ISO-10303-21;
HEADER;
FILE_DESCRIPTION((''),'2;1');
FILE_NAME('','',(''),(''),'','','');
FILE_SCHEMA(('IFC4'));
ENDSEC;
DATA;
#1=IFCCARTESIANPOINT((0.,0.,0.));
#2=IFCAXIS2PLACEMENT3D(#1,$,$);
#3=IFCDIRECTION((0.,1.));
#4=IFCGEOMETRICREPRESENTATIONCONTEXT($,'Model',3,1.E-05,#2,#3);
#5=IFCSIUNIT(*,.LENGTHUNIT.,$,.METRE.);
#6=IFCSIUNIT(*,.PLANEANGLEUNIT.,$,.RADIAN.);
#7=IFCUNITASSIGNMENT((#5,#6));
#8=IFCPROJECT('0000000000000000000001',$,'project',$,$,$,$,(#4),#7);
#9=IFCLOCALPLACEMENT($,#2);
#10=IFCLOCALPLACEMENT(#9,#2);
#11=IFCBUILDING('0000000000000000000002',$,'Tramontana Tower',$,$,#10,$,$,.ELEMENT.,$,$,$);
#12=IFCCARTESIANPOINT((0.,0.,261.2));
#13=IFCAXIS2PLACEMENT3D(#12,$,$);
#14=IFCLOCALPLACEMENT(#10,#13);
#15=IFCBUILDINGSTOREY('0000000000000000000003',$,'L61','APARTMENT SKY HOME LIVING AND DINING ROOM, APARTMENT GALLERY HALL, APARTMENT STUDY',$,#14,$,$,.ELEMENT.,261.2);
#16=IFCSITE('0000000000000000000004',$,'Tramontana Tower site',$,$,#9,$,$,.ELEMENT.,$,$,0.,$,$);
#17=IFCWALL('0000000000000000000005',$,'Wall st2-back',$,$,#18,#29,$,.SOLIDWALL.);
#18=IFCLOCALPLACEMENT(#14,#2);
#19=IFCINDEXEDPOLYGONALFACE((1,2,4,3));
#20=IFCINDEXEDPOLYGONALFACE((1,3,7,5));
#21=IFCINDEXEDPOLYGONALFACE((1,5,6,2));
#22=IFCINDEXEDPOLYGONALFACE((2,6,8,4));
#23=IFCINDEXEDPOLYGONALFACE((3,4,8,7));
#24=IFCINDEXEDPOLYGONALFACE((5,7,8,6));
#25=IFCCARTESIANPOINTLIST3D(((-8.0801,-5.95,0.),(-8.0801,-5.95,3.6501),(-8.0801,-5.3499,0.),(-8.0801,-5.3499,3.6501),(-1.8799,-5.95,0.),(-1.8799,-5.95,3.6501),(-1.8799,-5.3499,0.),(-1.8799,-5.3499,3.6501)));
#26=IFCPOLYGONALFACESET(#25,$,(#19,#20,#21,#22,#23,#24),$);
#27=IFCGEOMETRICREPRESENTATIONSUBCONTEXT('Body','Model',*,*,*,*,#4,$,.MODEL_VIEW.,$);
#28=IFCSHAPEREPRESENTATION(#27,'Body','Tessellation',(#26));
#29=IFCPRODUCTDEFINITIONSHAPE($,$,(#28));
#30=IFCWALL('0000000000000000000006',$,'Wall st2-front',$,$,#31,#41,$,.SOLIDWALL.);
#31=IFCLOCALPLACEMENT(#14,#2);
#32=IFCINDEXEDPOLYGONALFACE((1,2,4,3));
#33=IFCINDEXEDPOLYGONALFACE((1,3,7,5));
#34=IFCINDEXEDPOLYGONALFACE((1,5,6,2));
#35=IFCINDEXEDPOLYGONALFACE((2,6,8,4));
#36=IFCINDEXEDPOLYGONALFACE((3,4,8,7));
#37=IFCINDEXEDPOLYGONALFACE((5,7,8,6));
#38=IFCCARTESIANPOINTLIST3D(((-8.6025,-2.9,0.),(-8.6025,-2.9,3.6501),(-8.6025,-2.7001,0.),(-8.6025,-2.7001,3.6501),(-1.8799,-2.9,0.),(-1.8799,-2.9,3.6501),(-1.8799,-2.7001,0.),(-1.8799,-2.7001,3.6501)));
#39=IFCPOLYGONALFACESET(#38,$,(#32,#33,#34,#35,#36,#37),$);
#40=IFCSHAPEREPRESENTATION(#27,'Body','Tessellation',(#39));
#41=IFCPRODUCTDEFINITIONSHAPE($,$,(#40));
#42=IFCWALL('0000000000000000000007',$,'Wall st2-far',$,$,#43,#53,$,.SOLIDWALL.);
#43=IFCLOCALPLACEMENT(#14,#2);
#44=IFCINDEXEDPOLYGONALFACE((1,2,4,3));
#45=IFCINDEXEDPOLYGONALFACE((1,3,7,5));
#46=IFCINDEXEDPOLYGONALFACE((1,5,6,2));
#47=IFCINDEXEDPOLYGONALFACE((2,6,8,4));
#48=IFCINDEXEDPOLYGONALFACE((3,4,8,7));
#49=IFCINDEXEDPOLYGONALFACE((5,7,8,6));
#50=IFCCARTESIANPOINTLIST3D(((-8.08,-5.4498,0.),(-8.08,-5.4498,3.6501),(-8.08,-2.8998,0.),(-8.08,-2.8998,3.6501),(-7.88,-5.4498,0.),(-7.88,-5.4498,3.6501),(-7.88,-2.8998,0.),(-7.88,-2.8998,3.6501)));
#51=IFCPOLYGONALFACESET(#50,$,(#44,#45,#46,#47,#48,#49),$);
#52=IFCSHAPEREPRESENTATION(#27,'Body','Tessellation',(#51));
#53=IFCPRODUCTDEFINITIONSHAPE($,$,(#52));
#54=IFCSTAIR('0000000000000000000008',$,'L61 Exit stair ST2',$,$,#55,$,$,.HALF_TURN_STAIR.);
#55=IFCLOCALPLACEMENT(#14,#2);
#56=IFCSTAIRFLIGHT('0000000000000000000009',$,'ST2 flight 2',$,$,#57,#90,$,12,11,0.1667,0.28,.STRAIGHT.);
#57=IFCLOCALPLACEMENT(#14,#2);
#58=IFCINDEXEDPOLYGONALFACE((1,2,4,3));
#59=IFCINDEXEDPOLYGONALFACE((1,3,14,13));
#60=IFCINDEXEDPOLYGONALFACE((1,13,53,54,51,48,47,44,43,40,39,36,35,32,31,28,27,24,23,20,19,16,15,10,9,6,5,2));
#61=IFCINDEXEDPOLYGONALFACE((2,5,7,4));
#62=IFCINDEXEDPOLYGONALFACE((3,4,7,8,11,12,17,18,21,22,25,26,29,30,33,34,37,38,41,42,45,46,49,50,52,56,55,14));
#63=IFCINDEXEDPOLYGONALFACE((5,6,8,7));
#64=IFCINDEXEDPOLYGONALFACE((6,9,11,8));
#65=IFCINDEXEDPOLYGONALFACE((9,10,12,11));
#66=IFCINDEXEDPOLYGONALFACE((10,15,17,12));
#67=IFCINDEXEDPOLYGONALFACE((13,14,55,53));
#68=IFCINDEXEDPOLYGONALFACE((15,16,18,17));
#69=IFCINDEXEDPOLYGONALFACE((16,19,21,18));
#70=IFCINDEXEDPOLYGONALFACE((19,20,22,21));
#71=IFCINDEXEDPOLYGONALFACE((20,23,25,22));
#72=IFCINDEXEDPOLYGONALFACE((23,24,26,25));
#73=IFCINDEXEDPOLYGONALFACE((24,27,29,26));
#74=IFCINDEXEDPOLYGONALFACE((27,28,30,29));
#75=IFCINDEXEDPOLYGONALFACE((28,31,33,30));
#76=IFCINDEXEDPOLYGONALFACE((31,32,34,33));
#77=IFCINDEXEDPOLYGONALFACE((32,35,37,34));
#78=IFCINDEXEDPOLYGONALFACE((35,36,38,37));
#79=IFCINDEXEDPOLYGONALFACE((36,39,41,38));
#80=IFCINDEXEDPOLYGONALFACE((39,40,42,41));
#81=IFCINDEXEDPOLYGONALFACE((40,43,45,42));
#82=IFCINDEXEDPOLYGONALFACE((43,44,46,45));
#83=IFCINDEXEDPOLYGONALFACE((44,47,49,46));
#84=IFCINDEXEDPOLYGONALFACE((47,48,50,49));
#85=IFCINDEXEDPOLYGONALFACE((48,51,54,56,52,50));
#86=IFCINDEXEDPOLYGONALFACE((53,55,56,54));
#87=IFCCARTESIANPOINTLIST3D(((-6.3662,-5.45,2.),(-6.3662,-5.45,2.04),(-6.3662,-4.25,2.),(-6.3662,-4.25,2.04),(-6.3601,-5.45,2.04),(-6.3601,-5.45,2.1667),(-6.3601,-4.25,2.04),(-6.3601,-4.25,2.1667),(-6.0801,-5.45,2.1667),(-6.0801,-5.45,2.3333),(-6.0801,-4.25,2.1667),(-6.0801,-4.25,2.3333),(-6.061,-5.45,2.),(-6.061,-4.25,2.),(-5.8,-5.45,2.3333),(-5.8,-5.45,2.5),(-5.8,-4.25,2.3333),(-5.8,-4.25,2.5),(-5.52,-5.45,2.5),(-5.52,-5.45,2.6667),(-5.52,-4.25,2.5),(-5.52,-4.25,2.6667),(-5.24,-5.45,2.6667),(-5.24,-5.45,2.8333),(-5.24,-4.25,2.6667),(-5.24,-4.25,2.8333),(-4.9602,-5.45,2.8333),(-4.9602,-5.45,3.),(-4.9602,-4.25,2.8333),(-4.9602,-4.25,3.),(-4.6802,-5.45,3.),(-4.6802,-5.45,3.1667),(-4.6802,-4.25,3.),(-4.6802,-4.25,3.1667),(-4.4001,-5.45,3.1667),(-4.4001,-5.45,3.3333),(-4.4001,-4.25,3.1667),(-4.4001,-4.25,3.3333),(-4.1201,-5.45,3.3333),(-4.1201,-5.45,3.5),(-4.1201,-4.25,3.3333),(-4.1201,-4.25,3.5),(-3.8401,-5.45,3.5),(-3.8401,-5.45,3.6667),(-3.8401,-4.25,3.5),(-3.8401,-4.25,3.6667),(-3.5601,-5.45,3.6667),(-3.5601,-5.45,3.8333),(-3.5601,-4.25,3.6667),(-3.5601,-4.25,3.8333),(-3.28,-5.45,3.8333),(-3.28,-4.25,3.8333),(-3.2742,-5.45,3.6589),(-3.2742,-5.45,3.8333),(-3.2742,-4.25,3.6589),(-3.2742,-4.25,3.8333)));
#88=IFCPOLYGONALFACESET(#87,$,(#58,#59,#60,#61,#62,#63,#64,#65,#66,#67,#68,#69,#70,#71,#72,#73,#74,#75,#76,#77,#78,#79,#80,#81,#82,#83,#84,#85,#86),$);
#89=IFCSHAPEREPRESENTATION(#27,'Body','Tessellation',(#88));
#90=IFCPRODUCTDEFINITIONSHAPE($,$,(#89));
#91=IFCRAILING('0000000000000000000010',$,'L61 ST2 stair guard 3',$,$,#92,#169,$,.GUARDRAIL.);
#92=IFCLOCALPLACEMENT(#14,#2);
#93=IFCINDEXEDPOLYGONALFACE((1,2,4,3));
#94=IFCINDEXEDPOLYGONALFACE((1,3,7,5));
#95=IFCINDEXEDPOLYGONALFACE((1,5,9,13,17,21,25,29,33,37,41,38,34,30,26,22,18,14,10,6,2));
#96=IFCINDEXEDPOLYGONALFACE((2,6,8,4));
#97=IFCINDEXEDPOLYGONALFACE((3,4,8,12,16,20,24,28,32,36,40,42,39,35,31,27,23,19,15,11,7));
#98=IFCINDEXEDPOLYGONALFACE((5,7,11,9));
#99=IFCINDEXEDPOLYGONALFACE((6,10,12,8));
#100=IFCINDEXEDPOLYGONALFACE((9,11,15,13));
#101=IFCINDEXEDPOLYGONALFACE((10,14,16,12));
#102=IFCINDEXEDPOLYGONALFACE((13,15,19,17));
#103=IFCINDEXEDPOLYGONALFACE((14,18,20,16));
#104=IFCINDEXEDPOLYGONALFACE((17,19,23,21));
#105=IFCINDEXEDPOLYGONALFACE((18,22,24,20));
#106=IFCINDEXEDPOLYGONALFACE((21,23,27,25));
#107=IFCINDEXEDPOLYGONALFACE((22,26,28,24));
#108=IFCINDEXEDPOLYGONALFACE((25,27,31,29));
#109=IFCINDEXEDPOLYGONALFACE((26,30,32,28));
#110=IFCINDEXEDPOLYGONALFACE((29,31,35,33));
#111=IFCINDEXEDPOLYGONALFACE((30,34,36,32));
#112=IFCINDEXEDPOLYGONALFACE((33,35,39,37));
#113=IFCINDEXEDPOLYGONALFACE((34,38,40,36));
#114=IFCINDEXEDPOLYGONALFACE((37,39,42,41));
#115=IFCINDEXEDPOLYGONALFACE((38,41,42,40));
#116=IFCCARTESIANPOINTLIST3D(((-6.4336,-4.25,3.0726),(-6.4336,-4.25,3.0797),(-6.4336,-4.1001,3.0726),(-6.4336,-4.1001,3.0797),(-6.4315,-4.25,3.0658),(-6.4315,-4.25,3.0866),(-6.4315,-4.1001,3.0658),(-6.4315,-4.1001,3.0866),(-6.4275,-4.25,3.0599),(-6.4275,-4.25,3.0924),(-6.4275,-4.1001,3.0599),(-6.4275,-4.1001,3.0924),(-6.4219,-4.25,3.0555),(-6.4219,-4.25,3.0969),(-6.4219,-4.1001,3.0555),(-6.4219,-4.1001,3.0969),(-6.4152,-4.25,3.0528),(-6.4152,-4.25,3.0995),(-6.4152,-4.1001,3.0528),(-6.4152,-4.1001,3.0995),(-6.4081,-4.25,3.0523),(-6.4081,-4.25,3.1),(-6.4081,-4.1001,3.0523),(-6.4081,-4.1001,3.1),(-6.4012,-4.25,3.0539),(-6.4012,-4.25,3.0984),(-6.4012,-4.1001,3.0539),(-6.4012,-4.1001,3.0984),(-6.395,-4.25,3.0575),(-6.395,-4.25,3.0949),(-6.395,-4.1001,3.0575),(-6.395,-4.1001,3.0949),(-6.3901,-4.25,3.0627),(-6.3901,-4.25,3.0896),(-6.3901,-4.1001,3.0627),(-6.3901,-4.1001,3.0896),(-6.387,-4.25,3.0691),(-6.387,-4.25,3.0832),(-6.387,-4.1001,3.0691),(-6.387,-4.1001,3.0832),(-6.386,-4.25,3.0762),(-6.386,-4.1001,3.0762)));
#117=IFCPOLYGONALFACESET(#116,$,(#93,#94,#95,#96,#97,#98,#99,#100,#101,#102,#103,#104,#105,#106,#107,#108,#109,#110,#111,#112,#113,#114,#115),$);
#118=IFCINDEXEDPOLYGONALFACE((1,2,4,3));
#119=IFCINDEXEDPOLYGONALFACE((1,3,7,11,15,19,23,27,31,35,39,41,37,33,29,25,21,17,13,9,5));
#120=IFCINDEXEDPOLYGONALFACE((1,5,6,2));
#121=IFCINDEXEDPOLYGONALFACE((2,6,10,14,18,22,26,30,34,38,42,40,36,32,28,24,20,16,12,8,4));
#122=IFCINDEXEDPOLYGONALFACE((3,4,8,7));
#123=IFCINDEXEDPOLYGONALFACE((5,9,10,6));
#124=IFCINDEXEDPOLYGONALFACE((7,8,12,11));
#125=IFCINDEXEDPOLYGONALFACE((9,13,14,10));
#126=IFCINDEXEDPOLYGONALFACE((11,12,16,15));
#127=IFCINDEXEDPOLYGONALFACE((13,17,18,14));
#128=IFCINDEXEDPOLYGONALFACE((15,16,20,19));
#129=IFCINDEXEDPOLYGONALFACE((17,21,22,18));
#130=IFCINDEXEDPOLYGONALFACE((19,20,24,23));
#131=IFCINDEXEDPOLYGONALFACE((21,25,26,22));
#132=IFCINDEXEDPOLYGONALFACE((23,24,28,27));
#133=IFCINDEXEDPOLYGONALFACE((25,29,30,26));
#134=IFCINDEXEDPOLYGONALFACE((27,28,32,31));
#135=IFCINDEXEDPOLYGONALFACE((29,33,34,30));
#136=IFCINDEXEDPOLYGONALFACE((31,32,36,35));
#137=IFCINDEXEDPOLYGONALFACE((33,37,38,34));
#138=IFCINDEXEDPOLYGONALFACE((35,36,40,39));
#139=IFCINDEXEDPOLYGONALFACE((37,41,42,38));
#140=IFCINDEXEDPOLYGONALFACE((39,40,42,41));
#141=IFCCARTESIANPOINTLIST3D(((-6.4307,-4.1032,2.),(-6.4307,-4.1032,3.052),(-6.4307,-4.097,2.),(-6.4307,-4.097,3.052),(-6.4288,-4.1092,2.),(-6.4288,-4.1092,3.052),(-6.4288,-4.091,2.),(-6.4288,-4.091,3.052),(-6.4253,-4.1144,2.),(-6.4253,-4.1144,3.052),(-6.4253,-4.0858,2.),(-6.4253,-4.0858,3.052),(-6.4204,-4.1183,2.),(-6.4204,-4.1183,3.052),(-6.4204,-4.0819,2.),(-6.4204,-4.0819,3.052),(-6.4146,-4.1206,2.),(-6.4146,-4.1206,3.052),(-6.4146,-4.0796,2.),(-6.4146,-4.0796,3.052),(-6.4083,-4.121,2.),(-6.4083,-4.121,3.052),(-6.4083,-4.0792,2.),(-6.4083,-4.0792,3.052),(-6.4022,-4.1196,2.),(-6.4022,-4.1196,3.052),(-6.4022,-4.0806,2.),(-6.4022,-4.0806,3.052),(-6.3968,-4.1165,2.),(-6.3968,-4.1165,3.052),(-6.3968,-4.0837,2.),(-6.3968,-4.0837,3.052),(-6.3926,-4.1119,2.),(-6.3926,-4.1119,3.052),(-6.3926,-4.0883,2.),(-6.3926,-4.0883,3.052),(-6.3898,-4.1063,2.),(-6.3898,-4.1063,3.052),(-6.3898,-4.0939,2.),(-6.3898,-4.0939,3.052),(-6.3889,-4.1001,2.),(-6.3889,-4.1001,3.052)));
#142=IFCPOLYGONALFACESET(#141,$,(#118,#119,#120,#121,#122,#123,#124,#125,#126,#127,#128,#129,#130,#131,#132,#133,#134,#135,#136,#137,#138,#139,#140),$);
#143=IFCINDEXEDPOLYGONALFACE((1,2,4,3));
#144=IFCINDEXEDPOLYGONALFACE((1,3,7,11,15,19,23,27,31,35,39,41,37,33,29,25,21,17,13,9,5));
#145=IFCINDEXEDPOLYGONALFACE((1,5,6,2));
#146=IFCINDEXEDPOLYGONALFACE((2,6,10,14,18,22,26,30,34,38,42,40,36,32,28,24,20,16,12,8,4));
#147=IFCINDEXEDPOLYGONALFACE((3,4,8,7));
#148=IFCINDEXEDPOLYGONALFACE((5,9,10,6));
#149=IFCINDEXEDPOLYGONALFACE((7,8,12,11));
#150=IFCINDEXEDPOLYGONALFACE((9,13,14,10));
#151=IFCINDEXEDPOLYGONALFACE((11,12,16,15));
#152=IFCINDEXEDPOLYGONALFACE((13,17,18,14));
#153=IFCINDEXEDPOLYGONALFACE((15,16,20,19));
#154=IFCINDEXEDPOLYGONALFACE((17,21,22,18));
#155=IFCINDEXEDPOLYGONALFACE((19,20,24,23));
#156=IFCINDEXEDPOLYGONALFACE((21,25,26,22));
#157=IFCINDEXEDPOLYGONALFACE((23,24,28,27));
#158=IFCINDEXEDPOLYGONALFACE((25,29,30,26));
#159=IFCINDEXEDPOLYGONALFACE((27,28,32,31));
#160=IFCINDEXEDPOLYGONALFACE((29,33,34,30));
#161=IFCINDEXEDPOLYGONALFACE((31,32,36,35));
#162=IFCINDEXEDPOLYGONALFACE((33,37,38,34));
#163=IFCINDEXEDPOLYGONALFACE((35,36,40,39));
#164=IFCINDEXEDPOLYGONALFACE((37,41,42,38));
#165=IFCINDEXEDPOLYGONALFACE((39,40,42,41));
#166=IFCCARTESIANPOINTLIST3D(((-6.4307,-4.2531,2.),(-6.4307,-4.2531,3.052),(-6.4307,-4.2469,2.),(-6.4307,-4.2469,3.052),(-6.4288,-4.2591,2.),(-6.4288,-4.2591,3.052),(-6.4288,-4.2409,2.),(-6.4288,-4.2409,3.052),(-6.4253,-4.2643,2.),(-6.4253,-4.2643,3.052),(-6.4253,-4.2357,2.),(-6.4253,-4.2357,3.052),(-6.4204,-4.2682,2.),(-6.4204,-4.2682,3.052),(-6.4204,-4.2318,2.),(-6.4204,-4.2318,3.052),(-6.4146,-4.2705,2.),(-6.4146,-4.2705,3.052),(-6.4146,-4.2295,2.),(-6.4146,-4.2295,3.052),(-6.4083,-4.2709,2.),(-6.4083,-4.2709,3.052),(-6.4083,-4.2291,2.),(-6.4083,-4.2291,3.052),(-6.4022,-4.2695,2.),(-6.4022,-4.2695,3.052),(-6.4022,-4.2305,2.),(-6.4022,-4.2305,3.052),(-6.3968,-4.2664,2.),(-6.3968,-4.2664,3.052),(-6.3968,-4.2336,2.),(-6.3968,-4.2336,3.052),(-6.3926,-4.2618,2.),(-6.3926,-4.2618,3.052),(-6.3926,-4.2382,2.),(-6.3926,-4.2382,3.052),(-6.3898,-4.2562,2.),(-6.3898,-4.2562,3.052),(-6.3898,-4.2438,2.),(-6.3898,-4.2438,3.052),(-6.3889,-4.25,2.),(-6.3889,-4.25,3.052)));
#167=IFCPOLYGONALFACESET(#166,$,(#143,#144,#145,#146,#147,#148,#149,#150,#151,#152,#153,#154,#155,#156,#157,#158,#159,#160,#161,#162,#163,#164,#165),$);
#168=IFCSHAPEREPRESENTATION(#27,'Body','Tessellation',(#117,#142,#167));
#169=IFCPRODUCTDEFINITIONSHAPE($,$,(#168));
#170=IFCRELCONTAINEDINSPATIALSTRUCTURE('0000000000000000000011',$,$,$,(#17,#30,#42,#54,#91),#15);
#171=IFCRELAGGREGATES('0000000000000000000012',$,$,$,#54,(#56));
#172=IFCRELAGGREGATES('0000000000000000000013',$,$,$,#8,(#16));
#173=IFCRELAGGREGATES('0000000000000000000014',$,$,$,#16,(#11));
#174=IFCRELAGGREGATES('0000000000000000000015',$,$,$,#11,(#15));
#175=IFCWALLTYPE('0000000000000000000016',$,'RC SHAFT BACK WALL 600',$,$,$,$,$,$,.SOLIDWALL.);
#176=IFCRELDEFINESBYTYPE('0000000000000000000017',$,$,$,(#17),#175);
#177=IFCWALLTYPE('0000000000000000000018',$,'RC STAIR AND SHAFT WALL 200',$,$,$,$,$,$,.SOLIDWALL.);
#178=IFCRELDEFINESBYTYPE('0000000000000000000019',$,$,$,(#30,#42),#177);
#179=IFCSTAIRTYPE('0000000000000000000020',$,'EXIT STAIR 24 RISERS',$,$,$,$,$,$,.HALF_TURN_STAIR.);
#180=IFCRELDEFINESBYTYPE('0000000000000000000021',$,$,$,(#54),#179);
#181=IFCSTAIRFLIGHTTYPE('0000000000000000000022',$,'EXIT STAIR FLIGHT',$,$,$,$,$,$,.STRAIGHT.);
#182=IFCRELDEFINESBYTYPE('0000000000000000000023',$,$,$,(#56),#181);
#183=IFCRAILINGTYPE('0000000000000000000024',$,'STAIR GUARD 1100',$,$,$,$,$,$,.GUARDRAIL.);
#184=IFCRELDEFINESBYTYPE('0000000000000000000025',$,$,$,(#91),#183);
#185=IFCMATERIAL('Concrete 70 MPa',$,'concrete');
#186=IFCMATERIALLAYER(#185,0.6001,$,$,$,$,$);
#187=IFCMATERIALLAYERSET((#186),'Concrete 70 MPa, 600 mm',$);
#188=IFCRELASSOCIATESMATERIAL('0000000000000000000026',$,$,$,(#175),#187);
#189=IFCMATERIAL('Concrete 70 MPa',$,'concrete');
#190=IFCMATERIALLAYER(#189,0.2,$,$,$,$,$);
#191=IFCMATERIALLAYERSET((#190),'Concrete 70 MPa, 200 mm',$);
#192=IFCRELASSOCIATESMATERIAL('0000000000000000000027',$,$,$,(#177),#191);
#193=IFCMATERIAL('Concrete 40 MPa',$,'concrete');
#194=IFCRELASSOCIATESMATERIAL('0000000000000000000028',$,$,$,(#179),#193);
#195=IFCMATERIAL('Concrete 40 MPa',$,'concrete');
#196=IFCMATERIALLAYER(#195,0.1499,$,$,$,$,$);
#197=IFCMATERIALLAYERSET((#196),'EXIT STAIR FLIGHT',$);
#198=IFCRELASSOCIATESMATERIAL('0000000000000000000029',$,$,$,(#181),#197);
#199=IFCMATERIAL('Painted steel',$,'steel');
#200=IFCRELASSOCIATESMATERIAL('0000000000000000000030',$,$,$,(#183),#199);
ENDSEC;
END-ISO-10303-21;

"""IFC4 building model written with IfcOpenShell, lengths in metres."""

from ifc_helpers import new_model, si_unit, direction, frame, frame_2d, origin, origin_2d, place, context, subcontext, project, spatial, polyline, rectangle, circle, outline, extrude, material, layer, layer_set, type_object, element, aggregate, save


model = new_model("IFC4")

# Units and contexts
model_context = context("Model", 3, precision=1e-05, world=origin(), true_north=direction((0.0, 1.0)))
body_context = subcontext(model_context, "Body", "Model", "MODEL_VIEW")
ifc_project = project(units=[si_unit("LENGTHUNIT", "METRE"), si_unit("PLANEANGLEUNIT", "RADIAN")], contexts=[model_context])

# Site, building, storey
site_placement = place(None, origin())
site = spatial("IfcSite", under=ifc_project, at=site_placement, Name="Tramontana Tower site", CompositionType="ELEMENT", RefElevation=0.0)
building_placement = place(site_placement, origin())
building = spatial("IfcBuilding", under=site, at=building_placement, Name="Tramontana Tower", CompositionType="ELEMENT")
storey_placement = place(building_placement, frame((0.0, 0.0, 261.2)))
storey = spatial("IfcBuildingStorey", under=building, at=storey_placement, Name="L61", Description="APARTMENT SKY HOME LIVING AND DINING ROOM, APARTMENT GALLERY HALL, APARTMENT STUDY", CompositionType="ELEMENT", Elevation=261.2)

# Walls
ifc_material_1 = material(Name="Concrete 70 MPa", Category="concrete")
ifc_layer_1 = layer(ifc_material_1, 0.6001)
ifc_layer_set_1 = layer_set([ifc_layer_1], Name="Concrete 70 MPa, 600 mm")
wall_type_1 = type_object("IfcWallType", Name="RC SHAFT BACK WALL 600", PredefinedType="SOLIDWALL", material=ifc_layer_set_1)
wall_1_placement = place(storey_placement, frame((-8.0801, -5.6499, 0.0), z_axis=(0.0, 0.0, 1.0), x_axis=(1.0, 0.0, 0.0)))
element("IfcWall", 1, at=wall_1_placement, inside=storey, type_object=wall_type_1, Name="Wall st2-back", PredefinedType="SOLIDWALL", context=body_context, shape_type="SweptSolid", body=[
    extrude(rectangle(XDim=6.2002, YDim=0.6001, at=frame_2d((3.1001, 0.0))), origin(), (0.0, 0.0, 1.0), 3.6501),
])
ifc_material_2 = material(Name="Concrete 70 MPa", Category="concrete")
ifc_layer_2 = layer(ifc_material_2, 0.2)
ifc_layer_set_2 = layer_set([ifc_layer_2], Name="Concrete 70 MPa, 200 mm")
wall_type_2 = type_object("IfcWallType", Name="RC STAIR AND SHAFT WALL 200", PredefinedType="SOLIDWALL", material=ifc_layer_set_2)
wall_2_placement = place(storey_placement, frame((-8.6025, -2.8, 0.0), z_axis=(0.0, 0.0, 1.0), x_axis=(1.0, 0.0, 0.0)))
element("IfcWall", 2, at=wall_2_placement, inside=storey, type_object=wall_type_2, Name="Wall st2-front", PredefinedType="SOLIDWALL", context=body_context, shape_type="SweptSolid", body=[
    extrude(rectangle(XDim=6.7227, YDim=0.2, at=frame_2d((3.3613, 0.0))), origin(), (0.0, 0.0, 1.0), 3.6501),
])
wall_3_placement = place(storey_placement, frame((-7.98, -2.8999, 0.0), z_axis=(0.0, 0.0, 1.0), x_axis=(0.0, -1.0, 0.0)))
element("IfcWall", 3, at=wall_3_placement, inside=storey, type_object=wall_type_2, Name="Wall st2-far", PredefinedType="SOLIDWALL", context=body_context, shape_type="SweptSolid", body=[
    extrude(rectangle(XDim=2.55, YDim=0.2, at=frame_2d((1.2749, 0.0))), origin(), (0.0, 0.0, 1.0), 3.6501),
])

# Stair, stair flight
ifc_material_3 = material(Name="Concrete 40 MPa", Category="concrete")
stair_type = type_object("IfcStairType", Name="EXIT STAIR 24 RISERS", PredefinedType="HALF_TURN_STAIR", material=ifc_material_3)
stair_placement = place(storey_placement, origin())
stair = element("IfcStair", 4, at=stair_placement, inside=storey, type_object=stair_type, Name="L61 Exit stair ST2", PredefinedType="HALF_TURN_STAIR")
ifc_material_4 = material(Name="Concrete 40 MPa", Category="concrete")
ifc_layer_3 = layer(ifc_material_4, 0.1499)
ifc_layer_set_3 = layer_set([ifc_layer_3], Name="EXIT STAIR FLIGHT")
stair_flight_type = type_object("IfcStairFlightType", Name="EXIT STAIR FLIGHT", PredefinedType="STRAIGHT", material=ifc_layer_set_3)
stair_flight_placement = place(storey_placement, frame((-6.3601, -4.8501, 2.0), z_axis=(0.0, 0.0, 1.0), x_axis=(1.0, 0.0, 0.0)))
stair_flight = element("IfcStairFlight", 5, at=stair_flight_placement, type_object=stair_flight_type, Name="ST2 flight 2", NumberOfRisers=12, NumberOfTreads=11, PredefinedType="STRAIGHT", RiserHeight=0.1667, TreadLength=0.28, context=body_context, shape_type="SweptSolid", body=[
    extrude(outline(polyline([(-0.0061, 0.0), (-0.0061, 0.04), (0.0, 0.04), (0.0, 0.1667), (0.28, 0.1667), (0.28, 0.3333), (0.5601, 0.3333), (0.5601, 0.5), (0.8401, 0.5), (0.8401, 0.6667), (1.1201, 0.6667), (1.1201, 0.8333), (1.3999, 0.8333), (1.3999, 1.0), (1.6799, 1.0), (1.6799, 1.1667), (1.96, 1.1667), (1.96, 1.3333), (2.24, 1.3333), (2.24, 1.5), (2.52, 1.5), (2.52, 1.6667), (2.8, 1.6667), (2.8, 1.8333), (3.0801, 1.8333), (3.0859, 1.8333), (3.0859, 1.6589), (0.2991, 0.0), (-0.0061, 0.0)])), frame((0.0, 0.6001, 0.0), z_axis=(0.0, -1.0, 0.0), x_axis=(1.0, 0.0, 0.0)), (0.0, 0.0, 1.0), 1.2),
])
aggregate(stair, [stair_flight])

# Railing
ifc_material_5 = material(Name="Painted steel", Category="steel")
railing_type_1 = type_object("IfcRailingType", Name="STAIR GUARD 1100", PredefinedType="GUARDRAIL", material=ifc_material_5)
railing_1_placement = place(storey_placement, frame((-6.4099, -4.1001, 2.0)))
element("IfcRailing", 6, at=railing_1_placement, inside=storey, type_object=railing_type_1, Name="L61 ST2 stair guard 3", PredefinedType="GUARDRAIL", context=body_context, shape_type="SweptSolid", body=[
    extrude(circle(Radius=0.0239, at=origin_2d()), frame((0.0, 0.0, 1.0762), z_axis=(0.0, -1.0, 0.0), x_axis=(1.0, 0.0, 0.0)), (0.0, 0.0, 1.0), 0.1499),
    extrude(circle(Radius=0.021, at=origin_2d()), origin(), (0.0, 0.0, 1.0), 1.052),
    extrude(circle(Radius=0.021, at=origin_2d()), frame((0.0, -0.1499, 0.0)), (0.0, 0.0, 1.0), 1.052),
])

save(model, "model.ifc")
